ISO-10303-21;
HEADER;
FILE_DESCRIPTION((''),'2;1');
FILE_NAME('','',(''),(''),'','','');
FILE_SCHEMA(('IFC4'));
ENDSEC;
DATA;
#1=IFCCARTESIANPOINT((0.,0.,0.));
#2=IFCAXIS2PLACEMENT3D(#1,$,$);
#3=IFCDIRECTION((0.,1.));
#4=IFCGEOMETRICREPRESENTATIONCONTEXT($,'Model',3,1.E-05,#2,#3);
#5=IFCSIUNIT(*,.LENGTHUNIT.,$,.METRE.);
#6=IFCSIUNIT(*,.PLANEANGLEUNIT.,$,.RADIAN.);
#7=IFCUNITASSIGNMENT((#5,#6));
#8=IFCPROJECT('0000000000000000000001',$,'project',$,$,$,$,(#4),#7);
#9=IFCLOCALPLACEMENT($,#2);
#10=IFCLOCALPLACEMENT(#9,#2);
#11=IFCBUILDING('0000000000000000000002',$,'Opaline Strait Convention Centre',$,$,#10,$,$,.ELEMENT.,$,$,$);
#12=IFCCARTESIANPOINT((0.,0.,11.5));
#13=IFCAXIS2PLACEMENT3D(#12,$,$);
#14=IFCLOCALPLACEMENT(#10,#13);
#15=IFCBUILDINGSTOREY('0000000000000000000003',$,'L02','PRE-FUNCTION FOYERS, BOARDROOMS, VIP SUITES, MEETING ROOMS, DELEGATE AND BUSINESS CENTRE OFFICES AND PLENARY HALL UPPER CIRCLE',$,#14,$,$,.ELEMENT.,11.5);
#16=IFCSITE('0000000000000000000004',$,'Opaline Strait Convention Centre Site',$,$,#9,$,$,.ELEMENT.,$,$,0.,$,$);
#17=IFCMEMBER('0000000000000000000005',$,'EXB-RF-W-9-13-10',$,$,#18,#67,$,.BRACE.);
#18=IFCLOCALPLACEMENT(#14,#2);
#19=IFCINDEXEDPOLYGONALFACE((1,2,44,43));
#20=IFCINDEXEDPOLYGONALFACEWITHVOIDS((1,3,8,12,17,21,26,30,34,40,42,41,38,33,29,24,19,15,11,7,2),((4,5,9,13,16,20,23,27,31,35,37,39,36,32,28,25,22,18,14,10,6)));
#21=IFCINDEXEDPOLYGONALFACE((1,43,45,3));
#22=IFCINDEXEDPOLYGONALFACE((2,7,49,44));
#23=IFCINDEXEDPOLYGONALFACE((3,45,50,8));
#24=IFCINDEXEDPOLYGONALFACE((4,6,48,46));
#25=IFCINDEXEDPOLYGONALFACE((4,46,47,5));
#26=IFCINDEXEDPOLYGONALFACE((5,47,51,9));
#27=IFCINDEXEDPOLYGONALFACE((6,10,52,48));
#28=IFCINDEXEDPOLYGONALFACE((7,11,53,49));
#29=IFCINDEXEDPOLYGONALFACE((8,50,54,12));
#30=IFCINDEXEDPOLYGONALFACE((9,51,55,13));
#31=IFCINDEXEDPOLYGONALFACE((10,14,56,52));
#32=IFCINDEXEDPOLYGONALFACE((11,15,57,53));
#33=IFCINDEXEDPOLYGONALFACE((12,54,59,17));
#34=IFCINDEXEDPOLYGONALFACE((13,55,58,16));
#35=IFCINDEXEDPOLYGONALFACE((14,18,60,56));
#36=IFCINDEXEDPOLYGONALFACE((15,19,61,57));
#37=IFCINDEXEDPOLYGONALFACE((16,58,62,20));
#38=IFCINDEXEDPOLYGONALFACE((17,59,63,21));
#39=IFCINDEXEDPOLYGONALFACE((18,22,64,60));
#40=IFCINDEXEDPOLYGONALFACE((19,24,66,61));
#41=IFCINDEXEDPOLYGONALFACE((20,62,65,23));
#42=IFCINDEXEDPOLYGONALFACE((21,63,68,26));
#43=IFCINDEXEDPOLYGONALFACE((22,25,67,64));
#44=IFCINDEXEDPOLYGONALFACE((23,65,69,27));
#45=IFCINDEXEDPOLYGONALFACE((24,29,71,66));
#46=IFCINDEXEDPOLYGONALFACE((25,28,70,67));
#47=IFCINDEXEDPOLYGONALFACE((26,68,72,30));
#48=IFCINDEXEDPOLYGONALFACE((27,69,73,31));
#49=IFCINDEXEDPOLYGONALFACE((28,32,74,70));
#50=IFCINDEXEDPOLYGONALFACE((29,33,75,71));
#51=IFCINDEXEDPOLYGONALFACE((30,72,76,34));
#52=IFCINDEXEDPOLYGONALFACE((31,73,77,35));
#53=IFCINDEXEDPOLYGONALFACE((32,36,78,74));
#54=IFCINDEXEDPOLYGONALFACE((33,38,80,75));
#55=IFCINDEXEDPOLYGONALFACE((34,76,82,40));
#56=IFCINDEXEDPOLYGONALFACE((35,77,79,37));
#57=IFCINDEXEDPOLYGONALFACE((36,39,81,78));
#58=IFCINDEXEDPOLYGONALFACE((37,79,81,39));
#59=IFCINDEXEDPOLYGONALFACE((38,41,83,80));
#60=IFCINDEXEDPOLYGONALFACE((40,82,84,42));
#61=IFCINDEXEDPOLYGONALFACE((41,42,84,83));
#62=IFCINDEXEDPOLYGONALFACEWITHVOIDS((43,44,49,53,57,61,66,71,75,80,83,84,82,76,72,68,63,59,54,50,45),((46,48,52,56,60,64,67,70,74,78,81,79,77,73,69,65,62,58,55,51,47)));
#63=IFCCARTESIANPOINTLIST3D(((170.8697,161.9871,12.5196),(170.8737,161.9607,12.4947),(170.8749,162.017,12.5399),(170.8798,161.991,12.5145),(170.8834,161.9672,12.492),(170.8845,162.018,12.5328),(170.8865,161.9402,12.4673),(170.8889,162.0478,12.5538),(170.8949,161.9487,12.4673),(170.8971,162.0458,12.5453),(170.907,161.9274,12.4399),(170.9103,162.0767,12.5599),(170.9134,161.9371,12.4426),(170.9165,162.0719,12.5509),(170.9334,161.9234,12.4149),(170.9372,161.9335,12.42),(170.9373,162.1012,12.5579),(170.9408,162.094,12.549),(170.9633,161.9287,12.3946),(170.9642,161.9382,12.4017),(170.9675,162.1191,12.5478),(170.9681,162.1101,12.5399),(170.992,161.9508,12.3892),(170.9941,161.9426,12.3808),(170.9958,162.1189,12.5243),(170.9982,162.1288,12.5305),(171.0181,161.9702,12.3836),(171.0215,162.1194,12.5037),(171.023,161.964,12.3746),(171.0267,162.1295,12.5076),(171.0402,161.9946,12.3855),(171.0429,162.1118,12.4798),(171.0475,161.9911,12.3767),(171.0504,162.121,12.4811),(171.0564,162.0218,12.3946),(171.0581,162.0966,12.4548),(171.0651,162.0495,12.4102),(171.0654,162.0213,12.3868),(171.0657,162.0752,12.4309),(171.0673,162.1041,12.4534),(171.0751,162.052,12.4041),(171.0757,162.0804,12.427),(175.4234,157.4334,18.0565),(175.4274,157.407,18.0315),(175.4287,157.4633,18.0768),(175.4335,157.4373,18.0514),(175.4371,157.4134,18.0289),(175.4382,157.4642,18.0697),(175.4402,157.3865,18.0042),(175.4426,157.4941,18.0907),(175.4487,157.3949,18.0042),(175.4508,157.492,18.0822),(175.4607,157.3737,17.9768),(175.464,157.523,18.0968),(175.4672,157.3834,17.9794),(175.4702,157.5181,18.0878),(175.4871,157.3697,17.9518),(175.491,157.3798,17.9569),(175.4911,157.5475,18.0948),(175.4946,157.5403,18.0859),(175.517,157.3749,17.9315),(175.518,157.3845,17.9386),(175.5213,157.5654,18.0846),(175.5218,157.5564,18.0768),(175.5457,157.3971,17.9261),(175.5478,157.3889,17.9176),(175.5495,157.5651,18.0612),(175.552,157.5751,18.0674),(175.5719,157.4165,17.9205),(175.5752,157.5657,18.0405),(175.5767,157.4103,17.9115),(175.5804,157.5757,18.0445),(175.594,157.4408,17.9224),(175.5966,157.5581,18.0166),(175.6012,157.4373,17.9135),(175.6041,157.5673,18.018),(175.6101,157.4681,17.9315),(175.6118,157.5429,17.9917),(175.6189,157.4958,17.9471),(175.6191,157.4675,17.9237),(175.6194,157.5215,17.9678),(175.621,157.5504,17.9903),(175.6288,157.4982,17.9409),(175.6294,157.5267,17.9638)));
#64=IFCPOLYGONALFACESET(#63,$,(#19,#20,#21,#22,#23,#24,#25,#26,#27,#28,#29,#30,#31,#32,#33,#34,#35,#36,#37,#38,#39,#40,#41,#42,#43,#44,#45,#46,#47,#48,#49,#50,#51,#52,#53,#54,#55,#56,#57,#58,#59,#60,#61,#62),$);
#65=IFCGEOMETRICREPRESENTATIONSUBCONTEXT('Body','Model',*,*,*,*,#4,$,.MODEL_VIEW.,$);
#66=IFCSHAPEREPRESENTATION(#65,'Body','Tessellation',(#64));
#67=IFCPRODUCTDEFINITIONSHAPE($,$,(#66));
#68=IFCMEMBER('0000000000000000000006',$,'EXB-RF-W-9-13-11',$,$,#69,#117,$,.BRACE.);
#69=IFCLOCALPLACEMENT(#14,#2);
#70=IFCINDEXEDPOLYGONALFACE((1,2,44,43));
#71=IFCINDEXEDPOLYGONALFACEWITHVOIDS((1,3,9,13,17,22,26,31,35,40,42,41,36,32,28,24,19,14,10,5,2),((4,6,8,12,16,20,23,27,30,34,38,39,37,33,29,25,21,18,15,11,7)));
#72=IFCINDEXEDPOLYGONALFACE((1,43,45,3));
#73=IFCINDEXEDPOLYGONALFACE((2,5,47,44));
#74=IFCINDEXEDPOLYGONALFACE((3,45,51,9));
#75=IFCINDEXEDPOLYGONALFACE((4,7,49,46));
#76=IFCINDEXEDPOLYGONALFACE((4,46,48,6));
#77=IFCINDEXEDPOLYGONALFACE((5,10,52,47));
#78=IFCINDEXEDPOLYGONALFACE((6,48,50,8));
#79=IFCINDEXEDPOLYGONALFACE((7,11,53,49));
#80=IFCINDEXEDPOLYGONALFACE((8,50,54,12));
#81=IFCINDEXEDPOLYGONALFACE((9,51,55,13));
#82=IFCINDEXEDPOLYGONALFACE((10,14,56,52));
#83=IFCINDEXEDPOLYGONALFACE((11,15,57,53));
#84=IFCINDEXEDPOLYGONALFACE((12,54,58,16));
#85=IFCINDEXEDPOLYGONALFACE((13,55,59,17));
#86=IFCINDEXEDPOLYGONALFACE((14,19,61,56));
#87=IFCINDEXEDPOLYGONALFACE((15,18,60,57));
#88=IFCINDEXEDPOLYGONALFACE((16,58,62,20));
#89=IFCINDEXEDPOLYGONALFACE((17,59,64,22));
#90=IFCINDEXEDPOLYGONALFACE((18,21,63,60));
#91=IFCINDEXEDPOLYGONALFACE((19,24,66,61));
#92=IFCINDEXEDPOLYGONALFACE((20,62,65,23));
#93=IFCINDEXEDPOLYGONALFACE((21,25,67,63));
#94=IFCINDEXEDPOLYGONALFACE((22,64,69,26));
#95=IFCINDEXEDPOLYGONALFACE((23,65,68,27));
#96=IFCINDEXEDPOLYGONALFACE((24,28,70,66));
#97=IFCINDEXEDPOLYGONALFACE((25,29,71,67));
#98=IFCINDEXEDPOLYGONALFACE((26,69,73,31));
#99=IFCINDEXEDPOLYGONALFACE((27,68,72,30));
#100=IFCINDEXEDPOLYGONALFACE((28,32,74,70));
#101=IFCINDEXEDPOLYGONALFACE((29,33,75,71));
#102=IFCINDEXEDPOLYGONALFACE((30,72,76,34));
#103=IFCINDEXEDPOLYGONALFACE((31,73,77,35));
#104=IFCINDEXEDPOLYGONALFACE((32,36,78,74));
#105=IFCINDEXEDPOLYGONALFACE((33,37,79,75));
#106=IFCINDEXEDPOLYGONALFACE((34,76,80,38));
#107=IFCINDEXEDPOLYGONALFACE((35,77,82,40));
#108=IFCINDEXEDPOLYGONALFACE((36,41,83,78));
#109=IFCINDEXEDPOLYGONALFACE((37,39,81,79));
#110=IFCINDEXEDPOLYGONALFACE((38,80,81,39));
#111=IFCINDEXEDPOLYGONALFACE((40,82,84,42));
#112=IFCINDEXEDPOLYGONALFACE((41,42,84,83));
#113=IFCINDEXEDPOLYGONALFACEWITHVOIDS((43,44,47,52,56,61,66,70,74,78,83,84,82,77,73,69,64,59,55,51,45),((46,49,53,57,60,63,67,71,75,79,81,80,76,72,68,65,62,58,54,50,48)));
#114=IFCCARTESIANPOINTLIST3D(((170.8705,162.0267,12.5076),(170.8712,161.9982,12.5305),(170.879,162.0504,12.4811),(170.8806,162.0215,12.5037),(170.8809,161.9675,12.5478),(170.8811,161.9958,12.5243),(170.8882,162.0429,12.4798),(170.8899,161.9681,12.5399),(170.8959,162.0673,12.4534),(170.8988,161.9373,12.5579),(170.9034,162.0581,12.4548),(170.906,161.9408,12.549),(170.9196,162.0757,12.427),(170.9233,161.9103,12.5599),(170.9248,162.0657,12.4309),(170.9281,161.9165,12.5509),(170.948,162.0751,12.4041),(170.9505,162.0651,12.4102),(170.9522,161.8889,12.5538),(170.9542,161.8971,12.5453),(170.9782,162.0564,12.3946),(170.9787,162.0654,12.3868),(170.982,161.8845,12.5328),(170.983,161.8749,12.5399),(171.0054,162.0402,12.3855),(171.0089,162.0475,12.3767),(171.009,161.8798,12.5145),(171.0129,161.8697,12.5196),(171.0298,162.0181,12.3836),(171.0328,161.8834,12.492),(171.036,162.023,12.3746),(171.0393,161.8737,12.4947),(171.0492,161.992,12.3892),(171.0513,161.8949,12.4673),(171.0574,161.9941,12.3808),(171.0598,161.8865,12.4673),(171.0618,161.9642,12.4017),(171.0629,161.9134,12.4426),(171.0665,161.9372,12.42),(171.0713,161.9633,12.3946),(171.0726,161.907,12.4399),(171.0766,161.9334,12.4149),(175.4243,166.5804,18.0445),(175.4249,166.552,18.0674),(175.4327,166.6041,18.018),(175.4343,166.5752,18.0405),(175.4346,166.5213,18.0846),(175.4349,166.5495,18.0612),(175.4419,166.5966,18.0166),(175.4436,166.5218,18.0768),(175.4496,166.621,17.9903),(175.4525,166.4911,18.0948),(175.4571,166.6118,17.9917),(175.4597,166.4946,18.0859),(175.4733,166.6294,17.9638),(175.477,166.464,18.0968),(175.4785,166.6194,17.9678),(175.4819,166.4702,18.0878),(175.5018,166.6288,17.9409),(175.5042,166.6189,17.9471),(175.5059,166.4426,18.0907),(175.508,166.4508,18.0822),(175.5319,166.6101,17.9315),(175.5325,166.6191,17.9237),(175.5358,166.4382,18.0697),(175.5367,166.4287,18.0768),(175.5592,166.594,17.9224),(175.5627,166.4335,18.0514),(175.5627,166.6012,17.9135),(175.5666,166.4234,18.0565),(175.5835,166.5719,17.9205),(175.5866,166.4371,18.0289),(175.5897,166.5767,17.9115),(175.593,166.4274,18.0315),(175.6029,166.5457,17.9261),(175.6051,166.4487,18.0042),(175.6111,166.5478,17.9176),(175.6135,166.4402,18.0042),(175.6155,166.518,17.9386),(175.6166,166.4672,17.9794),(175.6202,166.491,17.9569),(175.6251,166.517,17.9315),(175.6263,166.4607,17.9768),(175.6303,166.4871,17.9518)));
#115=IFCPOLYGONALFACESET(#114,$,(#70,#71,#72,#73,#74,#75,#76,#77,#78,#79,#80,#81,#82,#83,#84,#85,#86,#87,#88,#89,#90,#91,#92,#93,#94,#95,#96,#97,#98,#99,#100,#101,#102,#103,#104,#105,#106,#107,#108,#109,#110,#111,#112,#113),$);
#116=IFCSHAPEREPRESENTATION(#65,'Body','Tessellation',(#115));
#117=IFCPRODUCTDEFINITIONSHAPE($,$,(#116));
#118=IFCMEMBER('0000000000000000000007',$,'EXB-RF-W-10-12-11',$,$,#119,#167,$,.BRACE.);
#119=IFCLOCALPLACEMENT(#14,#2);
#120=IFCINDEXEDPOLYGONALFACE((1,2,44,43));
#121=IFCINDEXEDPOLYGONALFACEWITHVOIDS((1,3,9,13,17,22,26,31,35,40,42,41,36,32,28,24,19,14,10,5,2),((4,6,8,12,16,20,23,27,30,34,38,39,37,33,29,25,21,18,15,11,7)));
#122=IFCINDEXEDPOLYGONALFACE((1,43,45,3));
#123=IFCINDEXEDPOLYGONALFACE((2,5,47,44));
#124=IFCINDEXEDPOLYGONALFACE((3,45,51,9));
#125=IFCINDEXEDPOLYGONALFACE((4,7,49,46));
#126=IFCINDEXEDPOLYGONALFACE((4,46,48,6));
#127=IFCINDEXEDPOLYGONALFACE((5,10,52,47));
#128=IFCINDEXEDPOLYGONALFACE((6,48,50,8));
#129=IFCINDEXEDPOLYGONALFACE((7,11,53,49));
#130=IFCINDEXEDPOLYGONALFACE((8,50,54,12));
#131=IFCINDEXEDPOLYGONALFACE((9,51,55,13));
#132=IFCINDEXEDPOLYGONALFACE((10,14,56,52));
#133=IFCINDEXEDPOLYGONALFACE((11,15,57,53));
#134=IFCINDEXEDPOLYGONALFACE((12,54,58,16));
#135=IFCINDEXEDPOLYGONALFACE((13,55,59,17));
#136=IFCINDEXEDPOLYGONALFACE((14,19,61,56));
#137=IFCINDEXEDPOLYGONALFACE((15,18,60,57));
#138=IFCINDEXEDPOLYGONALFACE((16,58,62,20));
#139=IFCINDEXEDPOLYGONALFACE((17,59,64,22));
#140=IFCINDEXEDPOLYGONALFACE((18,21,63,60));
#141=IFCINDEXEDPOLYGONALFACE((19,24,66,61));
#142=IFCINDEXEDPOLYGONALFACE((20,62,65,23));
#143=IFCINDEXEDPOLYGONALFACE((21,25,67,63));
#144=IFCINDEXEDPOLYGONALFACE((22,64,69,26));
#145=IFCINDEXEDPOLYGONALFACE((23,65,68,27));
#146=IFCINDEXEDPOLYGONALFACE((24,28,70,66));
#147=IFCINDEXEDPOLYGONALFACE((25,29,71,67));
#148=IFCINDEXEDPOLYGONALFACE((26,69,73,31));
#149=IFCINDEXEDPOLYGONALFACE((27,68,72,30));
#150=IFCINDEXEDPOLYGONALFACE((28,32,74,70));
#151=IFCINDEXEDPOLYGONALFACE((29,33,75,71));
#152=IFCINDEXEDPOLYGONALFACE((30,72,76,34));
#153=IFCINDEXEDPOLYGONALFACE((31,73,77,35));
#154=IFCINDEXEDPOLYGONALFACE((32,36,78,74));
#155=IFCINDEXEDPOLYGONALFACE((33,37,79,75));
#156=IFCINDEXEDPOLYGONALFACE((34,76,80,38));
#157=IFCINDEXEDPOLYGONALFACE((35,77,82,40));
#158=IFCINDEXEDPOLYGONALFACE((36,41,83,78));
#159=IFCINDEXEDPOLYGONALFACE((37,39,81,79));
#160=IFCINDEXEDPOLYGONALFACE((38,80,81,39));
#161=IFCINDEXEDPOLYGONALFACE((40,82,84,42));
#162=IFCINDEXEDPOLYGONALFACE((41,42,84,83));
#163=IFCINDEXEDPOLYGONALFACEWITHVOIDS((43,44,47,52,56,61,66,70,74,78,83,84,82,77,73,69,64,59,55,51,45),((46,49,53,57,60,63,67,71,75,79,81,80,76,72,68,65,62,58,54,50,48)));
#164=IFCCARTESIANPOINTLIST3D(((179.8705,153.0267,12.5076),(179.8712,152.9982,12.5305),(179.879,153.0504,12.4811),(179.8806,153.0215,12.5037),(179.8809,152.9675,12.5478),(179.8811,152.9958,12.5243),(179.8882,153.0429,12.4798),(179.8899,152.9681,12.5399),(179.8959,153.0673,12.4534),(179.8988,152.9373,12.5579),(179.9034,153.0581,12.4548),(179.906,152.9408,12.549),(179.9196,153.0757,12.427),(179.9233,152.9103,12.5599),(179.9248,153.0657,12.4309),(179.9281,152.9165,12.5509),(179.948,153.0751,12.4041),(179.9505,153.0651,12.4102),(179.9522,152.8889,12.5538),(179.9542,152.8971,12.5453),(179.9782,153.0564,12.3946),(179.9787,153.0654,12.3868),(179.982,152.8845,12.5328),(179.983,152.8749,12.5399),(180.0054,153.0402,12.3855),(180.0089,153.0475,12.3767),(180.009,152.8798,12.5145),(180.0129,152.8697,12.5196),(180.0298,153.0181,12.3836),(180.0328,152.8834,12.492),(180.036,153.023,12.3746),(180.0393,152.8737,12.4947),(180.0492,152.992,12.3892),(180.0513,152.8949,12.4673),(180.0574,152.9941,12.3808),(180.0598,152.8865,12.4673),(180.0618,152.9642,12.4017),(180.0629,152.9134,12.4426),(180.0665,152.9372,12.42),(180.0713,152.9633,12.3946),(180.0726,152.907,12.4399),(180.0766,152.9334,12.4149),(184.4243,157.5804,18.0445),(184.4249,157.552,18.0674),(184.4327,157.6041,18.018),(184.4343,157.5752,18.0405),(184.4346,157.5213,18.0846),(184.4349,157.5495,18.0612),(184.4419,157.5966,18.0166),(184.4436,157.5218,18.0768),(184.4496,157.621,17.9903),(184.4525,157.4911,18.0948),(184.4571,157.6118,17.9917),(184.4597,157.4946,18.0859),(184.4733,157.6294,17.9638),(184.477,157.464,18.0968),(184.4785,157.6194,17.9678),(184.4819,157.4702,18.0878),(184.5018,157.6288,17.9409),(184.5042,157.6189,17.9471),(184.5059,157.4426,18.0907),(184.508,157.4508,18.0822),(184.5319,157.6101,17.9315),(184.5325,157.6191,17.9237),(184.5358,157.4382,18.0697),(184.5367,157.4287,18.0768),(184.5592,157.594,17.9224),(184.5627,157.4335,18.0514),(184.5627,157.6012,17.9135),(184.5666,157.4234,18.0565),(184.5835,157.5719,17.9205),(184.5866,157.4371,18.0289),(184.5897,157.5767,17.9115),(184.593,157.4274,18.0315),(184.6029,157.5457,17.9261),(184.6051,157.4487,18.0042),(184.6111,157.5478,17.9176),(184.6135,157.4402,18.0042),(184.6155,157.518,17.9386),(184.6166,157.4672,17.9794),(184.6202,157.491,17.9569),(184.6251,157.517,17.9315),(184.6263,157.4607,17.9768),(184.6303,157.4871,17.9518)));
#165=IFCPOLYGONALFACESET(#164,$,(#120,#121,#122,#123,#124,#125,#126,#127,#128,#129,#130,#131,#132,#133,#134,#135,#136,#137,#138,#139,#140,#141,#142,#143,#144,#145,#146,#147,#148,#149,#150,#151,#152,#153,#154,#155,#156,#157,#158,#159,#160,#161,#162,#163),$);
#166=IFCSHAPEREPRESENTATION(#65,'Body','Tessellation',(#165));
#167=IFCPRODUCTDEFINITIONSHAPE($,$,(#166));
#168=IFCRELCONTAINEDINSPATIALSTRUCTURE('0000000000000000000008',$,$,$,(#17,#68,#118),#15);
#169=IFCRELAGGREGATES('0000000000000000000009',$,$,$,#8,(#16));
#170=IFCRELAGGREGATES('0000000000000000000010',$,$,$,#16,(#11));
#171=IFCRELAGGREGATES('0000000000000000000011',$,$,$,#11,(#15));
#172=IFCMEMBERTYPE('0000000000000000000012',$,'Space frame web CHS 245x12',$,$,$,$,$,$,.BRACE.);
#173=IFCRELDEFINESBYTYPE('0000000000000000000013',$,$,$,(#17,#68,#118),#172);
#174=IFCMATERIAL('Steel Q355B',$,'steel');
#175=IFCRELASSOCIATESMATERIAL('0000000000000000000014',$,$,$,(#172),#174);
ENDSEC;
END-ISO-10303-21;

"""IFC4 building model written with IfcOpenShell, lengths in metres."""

from ifc_helpers import new_model, si_unit, direction, frame, origin, origin_2d, place, context, subcontext, project, spatial, hollow_circle, extrude, material, material_profile, profile_set, type_object, element, save


model = new_model("IFC4")

# Units and contexts
model_context = context("Model", 3, precision=1e-05, world=origin(), true_north=direction((0.0, 1.0)))
body_context = subcontext(model_context, "Body", "Model", "MODEL_VIEW")
ifc_project = project(units=[si_unit("LENGTHUNIT", "METRE"), si_unit("PLANEANGLEUNIT", "RADIAN")], contexts=[model_context])

# Site, building, storey
site_placement = place(None, origin())
site = spatial("IfcSite", under=ifc_project, at=site_placement, Name="Opaline Strait Convention Centre Site", CompositionType="ELEMENT", RefElevation=0.0)
building_placement = place(site_placement, origin())
building = spatial("IfcBuilding", under=site, at=building_placement, Name="Opaline Strait Convention Centre", CompositionType="ELEMENT")
storey_placement = place(building_placement, frame((0.0, 0.0, 11.5)))
storey = spatial("IfcBuildingStorey", under=building, at=storey_placement, Name="L02", Description="PRE-FUNCTION FOYERS, BOARDROOMS, VIP SUITES, MEETING ROOMS, DELEGATE AND BUSINESS CENTRE OFFICES AND PLENARY HALL UPPER CIRCLE", CompositionType="ELEMENT", Elevation=11.5)

# Members
ifc_material_1 = material(Name="Steel Q355B", Category="steel")
ifc_material_profile_1 = material_profile(ifc_material_1, hollow_circle(Radius=0.1226, WallThickness=0.012, at=origin_2d()), Name="CHS 245x12")
ifc_profile_set_1 = profile_set([ifc_material_profile_1], Name="Steel Q355B")
member_type_1 = type_object("IfcMemberType", Name="Space frame web CHS 245x12", PredefinedType="BRACE", material=ifc_profile_set_1)
for number, where, z_axis, x_axis, name in (
    (1, (175.5269, 157.4731, 18.0042), (-0.536178, 0.536178, -0.65194), (-0.707107, -0.707107, 0.0), "EXB-RF-W-9-13-10"),
    (2, (175.5269, 166.5269, 18.0042), (-0.536178, -0.536178, -0.65194), (0.707107, -0.707107, 0.0), "EXB-RF-W-9-13-11"),
    (3, (184.5269, 157.5269, 18.0042), (-0.536178, -0.536178, -0.65194), (0.707107, -0.707107, 0.0), "EXB-RF-W-10-12-11"),
):
    element("IfcMember", number, at=place(storey_placement, frame(where, z_axis=z_axis, x_axis=x_axis)), inside=storey, type_object=member_type_1, Name=name, PredefinedType="BRACE", context=body_context, shape_type="SweptSolid", body=[
        extrude(hollow_circle(Radius=0.1226, WallThickness=0.012, at=origin_2d()), origin(), (0.0, 0.0, 1.0), 8.4929),
    ])

save(model, "model.ifc")
